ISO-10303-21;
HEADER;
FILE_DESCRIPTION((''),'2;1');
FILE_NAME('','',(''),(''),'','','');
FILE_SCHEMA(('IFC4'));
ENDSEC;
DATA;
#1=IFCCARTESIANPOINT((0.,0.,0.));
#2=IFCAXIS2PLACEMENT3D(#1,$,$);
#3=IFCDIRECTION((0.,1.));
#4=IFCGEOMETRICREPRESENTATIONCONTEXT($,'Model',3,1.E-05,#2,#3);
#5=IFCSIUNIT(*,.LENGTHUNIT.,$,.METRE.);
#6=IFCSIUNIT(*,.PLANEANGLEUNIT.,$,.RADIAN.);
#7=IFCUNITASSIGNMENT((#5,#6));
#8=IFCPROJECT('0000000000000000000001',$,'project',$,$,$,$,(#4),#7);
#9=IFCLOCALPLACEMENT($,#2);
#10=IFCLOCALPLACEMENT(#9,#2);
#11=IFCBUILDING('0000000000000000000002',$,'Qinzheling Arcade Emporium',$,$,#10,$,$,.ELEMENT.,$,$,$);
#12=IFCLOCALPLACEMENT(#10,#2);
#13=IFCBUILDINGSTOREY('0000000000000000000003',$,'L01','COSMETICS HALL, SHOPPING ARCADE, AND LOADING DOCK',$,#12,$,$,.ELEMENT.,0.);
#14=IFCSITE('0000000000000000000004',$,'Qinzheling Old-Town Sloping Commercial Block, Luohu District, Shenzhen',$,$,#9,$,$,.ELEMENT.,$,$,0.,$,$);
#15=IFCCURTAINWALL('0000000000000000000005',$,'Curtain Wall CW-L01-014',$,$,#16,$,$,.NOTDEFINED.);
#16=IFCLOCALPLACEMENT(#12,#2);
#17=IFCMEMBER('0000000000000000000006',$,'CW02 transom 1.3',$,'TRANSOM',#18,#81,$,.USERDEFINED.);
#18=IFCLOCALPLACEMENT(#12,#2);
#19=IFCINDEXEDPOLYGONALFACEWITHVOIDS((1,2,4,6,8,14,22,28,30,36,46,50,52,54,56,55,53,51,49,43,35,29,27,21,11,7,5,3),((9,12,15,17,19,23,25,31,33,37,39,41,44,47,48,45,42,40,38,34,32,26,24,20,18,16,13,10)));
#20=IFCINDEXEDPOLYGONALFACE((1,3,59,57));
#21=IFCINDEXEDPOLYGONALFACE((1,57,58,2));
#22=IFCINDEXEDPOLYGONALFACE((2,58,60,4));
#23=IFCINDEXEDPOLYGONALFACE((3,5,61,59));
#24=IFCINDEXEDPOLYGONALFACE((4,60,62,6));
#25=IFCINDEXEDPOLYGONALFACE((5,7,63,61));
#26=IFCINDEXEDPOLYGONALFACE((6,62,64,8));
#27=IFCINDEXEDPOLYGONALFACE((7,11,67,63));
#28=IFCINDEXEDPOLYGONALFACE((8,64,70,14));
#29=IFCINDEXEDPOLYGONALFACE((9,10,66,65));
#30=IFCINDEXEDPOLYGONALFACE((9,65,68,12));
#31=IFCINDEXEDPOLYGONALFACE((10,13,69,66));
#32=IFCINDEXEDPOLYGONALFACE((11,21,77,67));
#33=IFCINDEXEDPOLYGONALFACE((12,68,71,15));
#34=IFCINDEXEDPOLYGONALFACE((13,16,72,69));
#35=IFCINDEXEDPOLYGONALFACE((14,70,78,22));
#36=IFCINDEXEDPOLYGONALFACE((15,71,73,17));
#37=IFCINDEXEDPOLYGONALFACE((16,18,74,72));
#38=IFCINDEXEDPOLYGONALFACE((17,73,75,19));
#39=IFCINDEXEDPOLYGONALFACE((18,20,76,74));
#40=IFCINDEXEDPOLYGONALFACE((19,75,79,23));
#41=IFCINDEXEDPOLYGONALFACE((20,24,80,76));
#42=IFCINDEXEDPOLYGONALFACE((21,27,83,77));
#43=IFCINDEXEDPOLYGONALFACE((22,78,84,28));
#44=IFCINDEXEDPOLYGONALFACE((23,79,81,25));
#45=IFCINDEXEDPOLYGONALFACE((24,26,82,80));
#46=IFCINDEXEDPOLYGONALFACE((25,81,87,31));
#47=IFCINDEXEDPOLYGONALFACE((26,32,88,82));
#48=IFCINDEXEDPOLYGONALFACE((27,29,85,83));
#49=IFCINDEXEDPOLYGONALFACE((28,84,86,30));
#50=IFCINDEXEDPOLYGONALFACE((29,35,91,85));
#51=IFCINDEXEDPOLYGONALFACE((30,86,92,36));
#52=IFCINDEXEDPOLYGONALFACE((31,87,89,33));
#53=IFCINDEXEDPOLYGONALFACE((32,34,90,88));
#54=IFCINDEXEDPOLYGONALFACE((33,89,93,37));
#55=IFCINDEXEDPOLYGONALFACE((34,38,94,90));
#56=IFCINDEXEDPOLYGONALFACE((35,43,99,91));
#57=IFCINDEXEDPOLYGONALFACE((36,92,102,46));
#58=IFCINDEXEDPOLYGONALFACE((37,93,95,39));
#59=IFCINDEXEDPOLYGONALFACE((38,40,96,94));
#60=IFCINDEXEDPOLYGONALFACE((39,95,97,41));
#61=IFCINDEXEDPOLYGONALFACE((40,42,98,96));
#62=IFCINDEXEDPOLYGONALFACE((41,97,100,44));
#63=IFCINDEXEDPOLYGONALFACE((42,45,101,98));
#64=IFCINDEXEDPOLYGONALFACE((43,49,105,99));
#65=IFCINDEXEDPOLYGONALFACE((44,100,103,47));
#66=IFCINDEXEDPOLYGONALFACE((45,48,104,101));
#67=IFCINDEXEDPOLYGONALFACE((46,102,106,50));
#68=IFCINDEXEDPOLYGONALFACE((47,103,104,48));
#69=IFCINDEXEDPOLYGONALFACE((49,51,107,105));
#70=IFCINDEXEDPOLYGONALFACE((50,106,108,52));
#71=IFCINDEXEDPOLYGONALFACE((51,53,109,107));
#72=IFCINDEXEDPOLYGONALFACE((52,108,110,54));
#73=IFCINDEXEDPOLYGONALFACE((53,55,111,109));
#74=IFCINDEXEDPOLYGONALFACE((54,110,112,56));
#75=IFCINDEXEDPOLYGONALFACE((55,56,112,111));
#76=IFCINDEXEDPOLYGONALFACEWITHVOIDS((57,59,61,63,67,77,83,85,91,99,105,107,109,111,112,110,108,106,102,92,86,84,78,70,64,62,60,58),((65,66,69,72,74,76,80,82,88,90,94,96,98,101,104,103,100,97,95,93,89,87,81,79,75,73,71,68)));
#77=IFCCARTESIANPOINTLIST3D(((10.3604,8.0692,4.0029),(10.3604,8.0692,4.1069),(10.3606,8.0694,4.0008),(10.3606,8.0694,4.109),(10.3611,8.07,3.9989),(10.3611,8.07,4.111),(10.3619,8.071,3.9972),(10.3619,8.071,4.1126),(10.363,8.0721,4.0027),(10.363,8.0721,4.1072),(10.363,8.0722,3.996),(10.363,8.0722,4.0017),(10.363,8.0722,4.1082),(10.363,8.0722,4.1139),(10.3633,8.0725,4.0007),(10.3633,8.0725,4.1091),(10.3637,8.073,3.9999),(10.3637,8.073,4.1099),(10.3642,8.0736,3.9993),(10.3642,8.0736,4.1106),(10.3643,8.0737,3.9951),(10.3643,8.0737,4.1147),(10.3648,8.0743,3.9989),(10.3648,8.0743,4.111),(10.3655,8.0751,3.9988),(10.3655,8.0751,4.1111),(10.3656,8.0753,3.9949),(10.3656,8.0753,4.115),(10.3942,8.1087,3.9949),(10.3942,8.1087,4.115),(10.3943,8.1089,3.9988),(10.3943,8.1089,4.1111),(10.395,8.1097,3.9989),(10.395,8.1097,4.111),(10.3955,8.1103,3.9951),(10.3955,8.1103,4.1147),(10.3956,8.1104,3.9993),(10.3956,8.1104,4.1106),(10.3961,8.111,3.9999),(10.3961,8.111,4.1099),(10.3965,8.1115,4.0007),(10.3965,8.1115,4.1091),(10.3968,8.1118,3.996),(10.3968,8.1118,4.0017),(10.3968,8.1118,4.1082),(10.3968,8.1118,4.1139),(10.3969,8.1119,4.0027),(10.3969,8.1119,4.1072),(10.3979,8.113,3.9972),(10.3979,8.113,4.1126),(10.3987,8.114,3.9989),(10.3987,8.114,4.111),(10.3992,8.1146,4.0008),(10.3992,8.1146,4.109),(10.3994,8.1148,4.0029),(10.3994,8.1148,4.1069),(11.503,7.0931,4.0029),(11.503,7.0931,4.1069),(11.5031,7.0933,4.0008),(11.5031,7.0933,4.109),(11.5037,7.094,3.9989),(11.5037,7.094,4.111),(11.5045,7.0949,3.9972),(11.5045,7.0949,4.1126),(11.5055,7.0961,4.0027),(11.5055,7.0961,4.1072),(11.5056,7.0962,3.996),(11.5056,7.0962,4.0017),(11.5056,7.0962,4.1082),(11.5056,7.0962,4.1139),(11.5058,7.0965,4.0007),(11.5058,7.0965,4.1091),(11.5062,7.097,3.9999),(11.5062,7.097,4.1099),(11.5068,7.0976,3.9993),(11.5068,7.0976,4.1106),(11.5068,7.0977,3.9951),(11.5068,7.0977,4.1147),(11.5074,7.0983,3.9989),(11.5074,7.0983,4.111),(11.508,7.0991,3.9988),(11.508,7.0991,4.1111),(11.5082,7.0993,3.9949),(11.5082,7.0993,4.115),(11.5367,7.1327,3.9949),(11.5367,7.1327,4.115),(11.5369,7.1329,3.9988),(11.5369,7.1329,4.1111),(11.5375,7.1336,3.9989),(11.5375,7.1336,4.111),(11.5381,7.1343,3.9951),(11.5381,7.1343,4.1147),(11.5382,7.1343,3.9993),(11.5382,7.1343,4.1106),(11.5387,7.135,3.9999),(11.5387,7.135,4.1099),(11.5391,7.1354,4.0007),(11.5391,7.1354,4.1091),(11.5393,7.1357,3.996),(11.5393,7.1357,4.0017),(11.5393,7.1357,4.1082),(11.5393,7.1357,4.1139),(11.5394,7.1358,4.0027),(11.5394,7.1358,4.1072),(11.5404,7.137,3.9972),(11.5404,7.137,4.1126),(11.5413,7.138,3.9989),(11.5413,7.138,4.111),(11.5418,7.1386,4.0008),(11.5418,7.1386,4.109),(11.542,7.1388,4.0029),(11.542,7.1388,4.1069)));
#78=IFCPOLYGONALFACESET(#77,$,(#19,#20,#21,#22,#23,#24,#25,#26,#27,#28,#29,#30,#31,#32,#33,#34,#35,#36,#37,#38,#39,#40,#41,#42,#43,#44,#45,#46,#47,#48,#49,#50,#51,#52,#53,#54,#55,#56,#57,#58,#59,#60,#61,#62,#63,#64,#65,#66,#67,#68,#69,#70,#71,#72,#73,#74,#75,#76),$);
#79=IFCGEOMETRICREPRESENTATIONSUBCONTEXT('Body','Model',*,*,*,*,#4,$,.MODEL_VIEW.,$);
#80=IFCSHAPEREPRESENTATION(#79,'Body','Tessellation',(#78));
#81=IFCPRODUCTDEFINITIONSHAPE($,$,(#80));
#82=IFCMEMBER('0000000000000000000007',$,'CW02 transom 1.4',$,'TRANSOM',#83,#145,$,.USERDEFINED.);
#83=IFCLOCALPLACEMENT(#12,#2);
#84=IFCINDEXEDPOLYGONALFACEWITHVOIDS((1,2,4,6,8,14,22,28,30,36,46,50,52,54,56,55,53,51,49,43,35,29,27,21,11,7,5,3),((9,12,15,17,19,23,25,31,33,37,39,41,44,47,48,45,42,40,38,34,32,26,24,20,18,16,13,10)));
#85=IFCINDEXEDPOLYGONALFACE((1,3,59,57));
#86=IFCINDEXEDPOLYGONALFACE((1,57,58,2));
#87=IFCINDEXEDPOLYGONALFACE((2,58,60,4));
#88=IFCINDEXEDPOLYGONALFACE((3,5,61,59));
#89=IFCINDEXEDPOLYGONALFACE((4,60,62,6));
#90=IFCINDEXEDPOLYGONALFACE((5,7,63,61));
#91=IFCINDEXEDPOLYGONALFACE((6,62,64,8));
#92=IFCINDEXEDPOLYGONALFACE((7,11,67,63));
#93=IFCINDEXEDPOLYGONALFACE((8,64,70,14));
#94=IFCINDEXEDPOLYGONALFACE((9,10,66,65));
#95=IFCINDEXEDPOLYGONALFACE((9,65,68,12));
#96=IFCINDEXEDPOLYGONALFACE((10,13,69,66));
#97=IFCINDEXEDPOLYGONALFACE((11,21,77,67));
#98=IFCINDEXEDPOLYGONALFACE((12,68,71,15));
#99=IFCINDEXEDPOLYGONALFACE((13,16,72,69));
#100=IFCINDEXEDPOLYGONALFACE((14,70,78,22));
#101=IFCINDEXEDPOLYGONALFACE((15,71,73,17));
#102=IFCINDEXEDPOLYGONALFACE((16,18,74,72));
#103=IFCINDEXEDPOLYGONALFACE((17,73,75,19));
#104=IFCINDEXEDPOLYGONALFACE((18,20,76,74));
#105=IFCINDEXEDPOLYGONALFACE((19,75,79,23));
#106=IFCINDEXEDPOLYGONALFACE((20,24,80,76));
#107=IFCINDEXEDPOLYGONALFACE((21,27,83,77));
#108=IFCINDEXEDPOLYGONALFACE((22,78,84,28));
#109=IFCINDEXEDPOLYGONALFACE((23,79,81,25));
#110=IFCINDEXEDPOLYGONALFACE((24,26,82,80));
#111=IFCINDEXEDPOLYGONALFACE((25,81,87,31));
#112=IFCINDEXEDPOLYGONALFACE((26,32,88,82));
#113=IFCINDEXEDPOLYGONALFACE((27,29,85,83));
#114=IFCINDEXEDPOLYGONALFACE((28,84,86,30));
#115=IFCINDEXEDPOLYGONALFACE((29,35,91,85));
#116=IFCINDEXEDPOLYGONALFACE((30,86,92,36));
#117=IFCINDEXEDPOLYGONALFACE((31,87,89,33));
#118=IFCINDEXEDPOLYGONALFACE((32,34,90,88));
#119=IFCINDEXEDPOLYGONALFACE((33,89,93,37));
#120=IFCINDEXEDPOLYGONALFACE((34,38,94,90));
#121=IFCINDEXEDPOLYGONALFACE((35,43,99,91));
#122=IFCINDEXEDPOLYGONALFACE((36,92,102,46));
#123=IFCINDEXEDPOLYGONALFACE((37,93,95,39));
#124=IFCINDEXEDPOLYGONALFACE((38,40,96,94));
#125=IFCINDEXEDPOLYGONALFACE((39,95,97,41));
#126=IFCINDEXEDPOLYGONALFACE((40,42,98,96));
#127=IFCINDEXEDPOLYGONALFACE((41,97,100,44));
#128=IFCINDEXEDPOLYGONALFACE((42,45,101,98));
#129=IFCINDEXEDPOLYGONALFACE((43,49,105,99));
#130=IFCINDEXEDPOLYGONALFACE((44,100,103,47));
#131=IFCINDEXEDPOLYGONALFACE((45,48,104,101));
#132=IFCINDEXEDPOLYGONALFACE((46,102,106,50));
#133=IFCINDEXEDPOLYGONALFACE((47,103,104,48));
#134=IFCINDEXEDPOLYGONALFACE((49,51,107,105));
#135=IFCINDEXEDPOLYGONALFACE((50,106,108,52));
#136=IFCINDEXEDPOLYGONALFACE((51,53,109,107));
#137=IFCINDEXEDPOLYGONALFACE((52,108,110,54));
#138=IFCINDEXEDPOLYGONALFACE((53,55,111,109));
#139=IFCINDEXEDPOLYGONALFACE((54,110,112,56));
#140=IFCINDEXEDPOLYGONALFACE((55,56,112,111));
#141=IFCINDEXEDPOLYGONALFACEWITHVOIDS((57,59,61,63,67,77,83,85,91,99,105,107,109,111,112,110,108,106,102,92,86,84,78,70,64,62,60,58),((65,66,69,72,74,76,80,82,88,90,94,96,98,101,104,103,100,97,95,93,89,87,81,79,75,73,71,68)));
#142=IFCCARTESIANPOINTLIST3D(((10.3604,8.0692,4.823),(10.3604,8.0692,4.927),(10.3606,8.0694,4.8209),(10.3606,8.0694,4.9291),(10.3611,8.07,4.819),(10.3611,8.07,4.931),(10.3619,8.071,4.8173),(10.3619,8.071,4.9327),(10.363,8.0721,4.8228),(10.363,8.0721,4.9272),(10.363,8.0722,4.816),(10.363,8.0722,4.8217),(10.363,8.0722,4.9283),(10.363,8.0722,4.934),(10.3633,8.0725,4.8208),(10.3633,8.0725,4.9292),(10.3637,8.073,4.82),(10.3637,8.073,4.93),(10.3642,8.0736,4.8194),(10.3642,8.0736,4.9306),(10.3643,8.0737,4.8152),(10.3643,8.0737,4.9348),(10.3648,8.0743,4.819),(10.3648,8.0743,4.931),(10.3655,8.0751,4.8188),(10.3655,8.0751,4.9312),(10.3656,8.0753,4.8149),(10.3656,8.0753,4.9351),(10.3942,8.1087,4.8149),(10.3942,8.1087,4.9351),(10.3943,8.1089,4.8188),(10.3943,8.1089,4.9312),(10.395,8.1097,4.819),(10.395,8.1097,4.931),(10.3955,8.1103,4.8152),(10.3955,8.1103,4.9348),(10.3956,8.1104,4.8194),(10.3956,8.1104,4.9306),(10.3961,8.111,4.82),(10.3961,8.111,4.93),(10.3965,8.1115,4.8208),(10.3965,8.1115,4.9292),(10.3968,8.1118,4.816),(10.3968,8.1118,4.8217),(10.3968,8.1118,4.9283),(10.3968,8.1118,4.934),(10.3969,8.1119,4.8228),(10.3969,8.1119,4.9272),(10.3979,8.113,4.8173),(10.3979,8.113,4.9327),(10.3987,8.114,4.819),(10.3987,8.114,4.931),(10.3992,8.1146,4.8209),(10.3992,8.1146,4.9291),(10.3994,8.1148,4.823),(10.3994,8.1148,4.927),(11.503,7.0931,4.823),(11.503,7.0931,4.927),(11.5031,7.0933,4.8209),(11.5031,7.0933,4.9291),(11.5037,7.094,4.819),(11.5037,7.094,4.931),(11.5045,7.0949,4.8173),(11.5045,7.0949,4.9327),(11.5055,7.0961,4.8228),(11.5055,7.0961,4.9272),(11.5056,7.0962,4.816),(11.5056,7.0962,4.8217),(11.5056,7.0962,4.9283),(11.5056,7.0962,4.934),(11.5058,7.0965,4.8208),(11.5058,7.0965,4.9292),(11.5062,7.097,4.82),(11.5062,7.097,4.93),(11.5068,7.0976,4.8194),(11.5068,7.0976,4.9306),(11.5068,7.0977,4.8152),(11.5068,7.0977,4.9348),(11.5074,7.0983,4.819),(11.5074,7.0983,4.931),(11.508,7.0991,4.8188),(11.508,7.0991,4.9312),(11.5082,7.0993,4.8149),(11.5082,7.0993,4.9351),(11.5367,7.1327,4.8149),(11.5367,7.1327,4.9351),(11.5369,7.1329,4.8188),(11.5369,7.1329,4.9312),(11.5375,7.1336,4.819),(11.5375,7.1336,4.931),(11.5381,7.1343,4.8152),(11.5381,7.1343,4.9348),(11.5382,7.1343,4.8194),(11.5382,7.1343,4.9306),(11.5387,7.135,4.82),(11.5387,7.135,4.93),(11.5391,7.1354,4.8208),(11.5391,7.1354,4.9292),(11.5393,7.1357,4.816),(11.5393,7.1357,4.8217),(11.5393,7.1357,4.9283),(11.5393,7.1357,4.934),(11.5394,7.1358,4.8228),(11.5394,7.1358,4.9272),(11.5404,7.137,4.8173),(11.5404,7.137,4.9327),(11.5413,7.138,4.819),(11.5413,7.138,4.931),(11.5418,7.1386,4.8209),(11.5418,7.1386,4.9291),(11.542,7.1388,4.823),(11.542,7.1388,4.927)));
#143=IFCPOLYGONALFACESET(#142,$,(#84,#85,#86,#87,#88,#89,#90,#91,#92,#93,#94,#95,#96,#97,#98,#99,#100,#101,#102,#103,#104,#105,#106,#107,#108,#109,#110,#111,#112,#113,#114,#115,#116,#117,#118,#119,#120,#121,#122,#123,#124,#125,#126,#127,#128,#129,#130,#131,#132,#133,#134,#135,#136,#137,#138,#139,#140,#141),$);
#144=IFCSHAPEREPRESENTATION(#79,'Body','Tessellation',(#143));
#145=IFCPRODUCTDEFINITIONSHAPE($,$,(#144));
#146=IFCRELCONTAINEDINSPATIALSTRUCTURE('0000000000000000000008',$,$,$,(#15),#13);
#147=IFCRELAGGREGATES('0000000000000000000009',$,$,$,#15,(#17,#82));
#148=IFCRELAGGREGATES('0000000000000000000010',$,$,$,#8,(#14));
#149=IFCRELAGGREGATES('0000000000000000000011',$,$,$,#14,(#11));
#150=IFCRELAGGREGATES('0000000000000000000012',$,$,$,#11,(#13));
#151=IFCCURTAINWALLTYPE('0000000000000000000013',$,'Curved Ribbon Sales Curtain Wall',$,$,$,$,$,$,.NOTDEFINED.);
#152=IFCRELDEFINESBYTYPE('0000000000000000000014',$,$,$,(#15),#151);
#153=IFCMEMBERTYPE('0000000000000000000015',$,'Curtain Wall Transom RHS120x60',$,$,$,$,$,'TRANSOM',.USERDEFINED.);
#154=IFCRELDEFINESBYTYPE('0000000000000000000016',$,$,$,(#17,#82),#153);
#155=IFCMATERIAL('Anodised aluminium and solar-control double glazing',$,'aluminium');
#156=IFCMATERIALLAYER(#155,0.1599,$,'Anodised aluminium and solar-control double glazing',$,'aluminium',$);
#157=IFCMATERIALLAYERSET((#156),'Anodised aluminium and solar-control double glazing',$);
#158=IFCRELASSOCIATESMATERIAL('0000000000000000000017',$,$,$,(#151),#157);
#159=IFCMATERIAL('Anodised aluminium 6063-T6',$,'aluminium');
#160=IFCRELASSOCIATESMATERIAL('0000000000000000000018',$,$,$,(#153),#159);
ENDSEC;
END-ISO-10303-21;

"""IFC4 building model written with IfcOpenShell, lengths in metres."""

from ifc_helpers import new_model, si_unit, direction, frame, origin, origin_2d, place, context, subcontext, project, spatial, hollow_rectangle, extrude, material, layer, layer_set, material_profile, profile_set, type_object, element, aggregate, save


model = new_model("IFC4")

# Units and contexts
model_context = context("Model", 3, precision=1e-05, world=origin(), true_north=direction((0.0, 1.0)))
body_context = subcontext(model_context, "Body", "Model", "MODEL_VIEW")
ifc_project = project(units=[si_unit("LENGTHUNIT", "METRE"), si_unit("PLANEANGLEUNIT", "RADIAN")], contexts=[model_context])

# Site, building, storey
site_placement = place(None, origin())
site = spatial("IfcSite", under=ifc_project, at=site_placement, Name="Qinzheling Old-Town Sloping Commercial Block, Luohu District, Shenzhen", CompositionType="ELEMENT", RefElevation=0.0)
building_placement = place(site_placement, origin())
building = spatial("IfcBuilding", under=site, at=building_placement, Name="Qinzheling Arcade Emporium", CompositionType="ELEMENT")
storey_placement = place(building_placement, origin())
storey = spatial("IfcBuildingStorey", under=building, at=storey_placement, Name="L01", Description="COSMETICS HALL, SHOPPING ARCADE, AND LOADING DOCK", CompositionType="ELEMENT", Elevation=0.0)

# Shared definitions
ifc_material_1 = material(Name="Anodised aluminium and solar-control double glazing", Category="aluminium")
ifc_layer_1 = layer(ifc_material_1, 0.1599, Name="Anodised aluminium and solar-control double glazing", Category="aluminium")
ifc_layer_set_1 = layer_set([ifc_layer_1], Name="Anodised aluminium and solar-control double glazing")
curtain_wall_type = type_object("IfcCurtainWallType", Name="Curved Ribbon Sales Curtain Wall", PredefinedType="NOTDEFINED", material=ifc_layer_set_1)
ifc_material_2 = material(Name="Anodised aluminium 6063-T6", Category="aluminium")

# Curtain wall
curtain_wall_1_placement = place(storey_placement, origin())
curtain_wall_1 = element("IfcCurtainWall", 1, at=curtain_wall_1_placement, inside=storey, type_object=curtain_wall_type, Name="Curtain Wall CW-L01-014", PredefinedType="NOTDEFINED")

# Members
ifc_material_profile_1 = material_profile(ifc_material_2, hollow_rectangle(XDim=0.0601, YDim=0.1201, WallThickness=0.0039, InnerFilletRadius=0.0039, OuterFilletRadius=0.0081, at=origin_2d()), Name="RHS 120x60x4", Category="aluminium")
ifc_profile_set_1 = profile_set([ifc_material_profile_1], Name="Anodised aluminium 6063-T6")
member_type_1 = type_object("IfcMemberType", Name="Curtain Wall Transom RHS120x60", ElementType="TRANSOM", PredefinedType="USERDEFINED", material=ifc_profile_set_1)
member_1_placement = place(storey_placement, frame((11.5225, 7.116, 4.0549), z_axis=(-0.760334, 0.649533, 0.0), x_axis=(-0.649533, -0.760334, 0.0)))
member_1 = element("IfcMember", 2, at=member_1_placement, type_object=member_type_1, Name="CW02 transom 1.3", ObjectType="TRANSOM", PredefinedType="USERDEFINED", context=body_context, shape_type="SweptSolid", body=[
    extrude(hollow_rectangle(XDim=0.0601, YDim=0.1201, WallThickness=0.0039, InnerFilletRadius=0.0039, OuterFilletRadius=0.0081, at=origin_2d()), origin(), (0.0, 0.0, 1.0), 1.5027),
])
member_2_placement = place(storey_placement, frame((11.5225, 7.116, 4.875), z_axis=(-0.760334, 0.649533, 0.0), x_axis=(-0.649533, -0.760334, 0.0)))
member_2 = element("IfcMember", 3, at=member_2_placement, type_object=member_type_1, Name="CW02 transom 1.4", ObjectType="TRANSOM", PredefinedType="USERDEFINED", context=body_context, shape_type="SweptSolid", body=[
    extrude(hollow_rectangle(XDim=0.0601, YDim=0.1201, WallThickness=0.0039, InnerFilletRadius=0.0039, OuterFilletRadius=0.0081, at=origin_2d()), origin(), (0.0, 0.0, 1.0), 1.5027),
])

aggregate(curtain_wall_1, [member_1, member_2])

save(model, "model.ifc")
